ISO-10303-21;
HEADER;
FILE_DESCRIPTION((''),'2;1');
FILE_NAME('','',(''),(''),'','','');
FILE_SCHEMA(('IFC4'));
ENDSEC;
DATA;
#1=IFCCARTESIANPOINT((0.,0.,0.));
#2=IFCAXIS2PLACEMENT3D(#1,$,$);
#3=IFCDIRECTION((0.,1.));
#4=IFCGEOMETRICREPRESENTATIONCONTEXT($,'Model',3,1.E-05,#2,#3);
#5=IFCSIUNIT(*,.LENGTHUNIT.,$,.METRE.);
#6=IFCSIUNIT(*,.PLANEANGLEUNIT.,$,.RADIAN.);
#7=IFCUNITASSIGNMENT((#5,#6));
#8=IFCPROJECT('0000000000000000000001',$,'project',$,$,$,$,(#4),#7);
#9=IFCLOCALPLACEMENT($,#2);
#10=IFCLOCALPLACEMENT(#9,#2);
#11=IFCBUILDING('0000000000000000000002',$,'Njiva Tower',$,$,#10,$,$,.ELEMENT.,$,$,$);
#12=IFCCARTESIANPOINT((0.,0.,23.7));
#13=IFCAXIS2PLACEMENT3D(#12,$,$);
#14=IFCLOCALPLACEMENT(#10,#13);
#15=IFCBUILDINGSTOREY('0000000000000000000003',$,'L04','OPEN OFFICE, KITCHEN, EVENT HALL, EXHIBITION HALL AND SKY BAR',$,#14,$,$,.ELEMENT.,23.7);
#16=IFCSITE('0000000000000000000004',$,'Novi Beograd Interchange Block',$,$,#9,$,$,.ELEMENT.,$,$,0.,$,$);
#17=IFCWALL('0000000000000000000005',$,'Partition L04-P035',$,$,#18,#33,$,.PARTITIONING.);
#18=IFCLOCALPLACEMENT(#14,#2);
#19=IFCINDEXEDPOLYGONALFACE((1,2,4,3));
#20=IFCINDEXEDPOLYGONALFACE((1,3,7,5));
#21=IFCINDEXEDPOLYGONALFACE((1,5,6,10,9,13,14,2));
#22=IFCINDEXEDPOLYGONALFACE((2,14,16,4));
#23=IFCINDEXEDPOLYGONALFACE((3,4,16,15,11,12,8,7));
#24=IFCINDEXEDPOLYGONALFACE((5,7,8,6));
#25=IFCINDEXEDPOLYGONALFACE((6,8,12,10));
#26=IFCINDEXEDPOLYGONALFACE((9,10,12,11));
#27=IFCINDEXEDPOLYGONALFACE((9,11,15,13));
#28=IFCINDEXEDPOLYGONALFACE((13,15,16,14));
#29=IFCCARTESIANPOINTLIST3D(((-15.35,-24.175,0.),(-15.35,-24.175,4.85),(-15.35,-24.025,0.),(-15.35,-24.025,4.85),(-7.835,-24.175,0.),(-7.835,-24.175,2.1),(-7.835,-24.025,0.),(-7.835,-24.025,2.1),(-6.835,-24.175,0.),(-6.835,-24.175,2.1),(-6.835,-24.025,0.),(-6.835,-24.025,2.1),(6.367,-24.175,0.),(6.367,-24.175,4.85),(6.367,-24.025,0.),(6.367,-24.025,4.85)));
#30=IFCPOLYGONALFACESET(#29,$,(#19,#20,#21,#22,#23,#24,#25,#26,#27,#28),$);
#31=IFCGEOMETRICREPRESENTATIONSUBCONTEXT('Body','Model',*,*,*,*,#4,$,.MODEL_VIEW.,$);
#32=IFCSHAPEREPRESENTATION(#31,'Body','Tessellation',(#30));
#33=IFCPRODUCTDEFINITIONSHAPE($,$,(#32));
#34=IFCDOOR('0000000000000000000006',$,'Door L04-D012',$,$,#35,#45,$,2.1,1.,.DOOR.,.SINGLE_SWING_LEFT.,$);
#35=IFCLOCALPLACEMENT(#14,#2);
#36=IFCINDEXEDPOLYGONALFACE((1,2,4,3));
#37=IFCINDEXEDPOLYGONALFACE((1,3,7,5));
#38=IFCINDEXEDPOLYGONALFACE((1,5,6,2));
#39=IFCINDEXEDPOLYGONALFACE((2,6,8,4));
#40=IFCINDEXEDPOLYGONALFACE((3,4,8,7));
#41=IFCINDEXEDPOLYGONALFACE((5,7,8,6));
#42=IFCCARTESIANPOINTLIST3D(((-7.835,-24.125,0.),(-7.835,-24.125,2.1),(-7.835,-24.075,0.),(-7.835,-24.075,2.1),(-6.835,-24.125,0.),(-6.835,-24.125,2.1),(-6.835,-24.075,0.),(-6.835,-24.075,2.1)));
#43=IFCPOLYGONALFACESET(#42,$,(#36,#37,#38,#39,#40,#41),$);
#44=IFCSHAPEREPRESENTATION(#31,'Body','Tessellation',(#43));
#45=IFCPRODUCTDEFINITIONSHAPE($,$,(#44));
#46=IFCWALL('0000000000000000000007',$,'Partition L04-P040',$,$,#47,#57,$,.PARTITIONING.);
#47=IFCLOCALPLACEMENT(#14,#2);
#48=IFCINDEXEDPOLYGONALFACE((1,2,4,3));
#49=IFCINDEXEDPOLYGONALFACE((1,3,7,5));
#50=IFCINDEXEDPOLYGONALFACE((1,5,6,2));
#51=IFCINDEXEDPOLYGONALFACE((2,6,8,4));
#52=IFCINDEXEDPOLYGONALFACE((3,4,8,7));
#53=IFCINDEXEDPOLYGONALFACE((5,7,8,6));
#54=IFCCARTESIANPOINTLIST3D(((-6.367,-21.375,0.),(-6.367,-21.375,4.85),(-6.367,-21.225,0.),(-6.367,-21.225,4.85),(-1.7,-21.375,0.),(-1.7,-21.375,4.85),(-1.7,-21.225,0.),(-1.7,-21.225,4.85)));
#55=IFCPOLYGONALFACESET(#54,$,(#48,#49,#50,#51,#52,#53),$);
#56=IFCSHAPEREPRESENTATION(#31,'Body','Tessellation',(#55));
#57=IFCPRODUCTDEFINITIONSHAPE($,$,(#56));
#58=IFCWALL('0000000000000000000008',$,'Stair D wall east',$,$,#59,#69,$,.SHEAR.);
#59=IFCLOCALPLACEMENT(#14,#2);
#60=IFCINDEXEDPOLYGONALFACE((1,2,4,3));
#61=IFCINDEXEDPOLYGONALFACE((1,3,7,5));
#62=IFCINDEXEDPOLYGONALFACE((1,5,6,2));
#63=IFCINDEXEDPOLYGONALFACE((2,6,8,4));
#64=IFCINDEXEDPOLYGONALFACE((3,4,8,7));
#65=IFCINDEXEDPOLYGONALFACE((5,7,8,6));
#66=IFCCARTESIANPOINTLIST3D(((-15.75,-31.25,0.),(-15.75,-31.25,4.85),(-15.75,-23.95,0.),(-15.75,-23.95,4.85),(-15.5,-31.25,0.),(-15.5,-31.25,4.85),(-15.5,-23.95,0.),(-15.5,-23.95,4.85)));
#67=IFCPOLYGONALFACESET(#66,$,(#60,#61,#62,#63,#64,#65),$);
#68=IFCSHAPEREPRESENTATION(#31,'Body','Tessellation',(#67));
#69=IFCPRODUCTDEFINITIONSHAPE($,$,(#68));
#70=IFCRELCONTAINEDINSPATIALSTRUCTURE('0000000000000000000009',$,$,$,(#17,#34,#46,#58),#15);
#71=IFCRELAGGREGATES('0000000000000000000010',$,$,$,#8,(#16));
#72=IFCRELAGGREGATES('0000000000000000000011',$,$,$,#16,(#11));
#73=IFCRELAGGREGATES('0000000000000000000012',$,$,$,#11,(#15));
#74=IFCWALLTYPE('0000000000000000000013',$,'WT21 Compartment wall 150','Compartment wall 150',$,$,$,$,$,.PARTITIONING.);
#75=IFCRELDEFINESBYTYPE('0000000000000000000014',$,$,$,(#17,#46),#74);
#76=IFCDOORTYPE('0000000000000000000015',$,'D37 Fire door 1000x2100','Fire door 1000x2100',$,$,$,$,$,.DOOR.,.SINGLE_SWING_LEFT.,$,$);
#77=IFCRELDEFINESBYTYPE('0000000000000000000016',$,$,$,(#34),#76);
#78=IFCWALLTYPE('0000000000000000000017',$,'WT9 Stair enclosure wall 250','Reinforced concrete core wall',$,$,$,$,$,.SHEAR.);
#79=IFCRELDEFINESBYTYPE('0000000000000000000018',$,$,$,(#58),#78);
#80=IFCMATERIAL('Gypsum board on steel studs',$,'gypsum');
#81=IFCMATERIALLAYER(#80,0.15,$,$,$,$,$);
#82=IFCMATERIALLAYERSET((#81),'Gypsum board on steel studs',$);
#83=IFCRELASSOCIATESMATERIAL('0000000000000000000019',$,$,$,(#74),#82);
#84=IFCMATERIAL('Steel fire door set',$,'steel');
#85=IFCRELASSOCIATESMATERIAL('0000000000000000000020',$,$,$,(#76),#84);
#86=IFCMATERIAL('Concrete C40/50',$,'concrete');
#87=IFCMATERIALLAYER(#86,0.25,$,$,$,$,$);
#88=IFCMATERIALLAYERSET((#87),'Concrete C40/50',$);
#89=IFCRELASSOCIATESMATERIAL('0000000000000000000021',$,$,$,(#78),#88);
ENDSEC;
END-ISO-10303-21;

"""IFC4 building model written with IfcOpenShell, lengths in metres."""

from ifc_helpers import new_model, si_unit, direction, frame, frame_2d, origin, place, context, subcontext, project, spatial, rectangle, extrude, material, layer, layer_set, type_object, element, fill, save


model = new_model("IFC4")

# Units and contexts
model_context = context("Model", 3, precision=1e-05, world=origin(), true_north=direction((0.0, 1.0)))
body_context = subcontext(model_context, "Body", "Model", "MODEL_VIEW")
ifc_project = project(units=[si_unit("LENGTHUNIT", "METRE"), si_unit("PLANEANGLEUNIT", "RADIAN")], contexts=[model_context])

# Site, building, storey
site_placement = place(None, origin())
site = spatial("IfcSite", under=ifc_project, at=site_placement, Name="Novi Beograd Interchange Block", CompositionType="ELEMENT", RefElevation=0.0)
building_placement = place(site_placement, origin())
building = spatial("IfcBuilding", under=site, at=building_placement, Name="Njiva Tower", CompositionType="ELEMENT")
storey_placement = place(building_placement, frame((0.0, 0.0, 23.7)))
storey = spatial("IfcBuildingStorey", under=building, at=storey_placement, Name="L04", Description="OPEN OFFICE, KITCHEN, EVENT HALL, EXHIBITION HALL AND SKY BAR", CompositionType="ELEMENT", Elevation=23.7)

# Shared definitions
ifc_material_1 = material(Name="Gypsum board on steel studs", Category="gypsum")
ifc_layer_1 = layer(ifc_material_1, 0.15)
ifc_layer_set_1 = layer_set([ifc_layer_1], Name="Gypsum board on steel studs")
wall_type_1 = type_object("IfcWallType", Name="WT21 Compartment wall 150", Description="Compartment wall 150", PredefinedType="PARTITIONING", material=ifc_layer_set_1)

# Wall, opening, door
wall_1_placement = place(storey_placement, frame((-15.35, -24.1, 0.0), z_axis=(0.0, 0.0, 1.0), x_axis=(1.0, 0.0, 0.0)))
wall_1 = element("IfcWall", 1, at=wall_1_placement, inside=storey, type_object=wall_type_1, Name="Partition L04-P035", PredefinedType="PARTITIONING", context=body_context, shape_type="SweptSolid", body=[
    extrude(rectangle(XDim=21.717, YDim=0.15, at=frame_2d((10.8585, 0.0))), origin(), (0.0, 0.0, 1.0), 4.85),
])
opening_1_placement = place(wall_1_placement, frame((7.515, 0.0, 0.0)))
opening_1 = element("IfcOpeningElement", 2, at=opening_1_placement, cuts=wall_1, PredefinedType="OPENING", context=body_context, shape_type="SweptSolid", body=[
    extrude(rectangle(XDim=1.0, YDim=2.1, at=frame_2d((0.5, 1.05))), frame((0.0, 0.085, 0.0), z_axis=(0.0, -1.0, 0.0), x_axis=(1.0, 0.0, 0.0)), (0.0, 0.0, 1.0), 0.17),
])
ifc_material_2 = material(Name="Steel fire door set", Category="steel")
door_type_1 = type_object("IfcDoorType", Name="D37 Fire door 1000x2100", Description="Fire door 1000x2100", OperationType="SINGLE_SWING_LEFT", PredefinedType="DOOR", material=ifc_material_2)
door_1_placement = place(opening_1_placement, origin())
door_1 = element("IfcDoor", 3, at=door_1_placement, inside=storey, type_object=door_type_1, Name="Door L04-D012", OperationType="SINGLE_SWING_LEFT", OverallHeight=2.1, OverallWidth=1.0, PredefinedType="DOOR", context=body_context, shape_type="SweptSolid", body=[
    extrude(rectangle(XDim=1.0, YDim=2.1, at=frame_2d((0.5, 1.05))), frame((0.0, 0.025, 0.0), z_axis=(0.0, -1.0, 0.0), x_axis=(1.0, 0.0, 0.0)), (0.0, 0.0, 1.0), 0.05),
])
fill(opening_1, door_1)

# Walls
wall_2_placement = place(storey_placement, frame((-6.367, -21.3, 0.0), z_axis=(0.0, 0.0, 1.0), x_axis=(1.0, 0.0, 0.0)))
element("IfcWall", 4, at=wall_2_placement, inside=storey, type_object=wall_type_1, Name="Partition L04-P040", PredefinedType="PARTITIONING", context=body_context, shape_type="SweptSolid", body=[
    extrude(rectangle(XDim=4.667, YDim=0.15, at=frame_2d((2.3335, 0.0))), origin(), (0.0, 0.0, 1.0), 4.85),
])
ifc_material_3 = material(Name="Concrete C40/50", Category="concrete")
ifc_layer_2 = layer(ifc_material_3, 0.25)
ifc_layer_set_2 = layer_set([ifc_layer_2], Name="Concrete C40/50")
wall_type_2 = type_object("IfcWallType", Name="WT9 Stair enclosure wall 250", Description="Reinforced concrete core wall", PredefinedType="SHEAR", material=ifc_layer_set_2)
wall_3_placement = place(storey_placement, frame((-15.625, -31.25, 0.0), z_axis=(0.0, 0.0, 1.0), x_axis=(0.0, 1.0, 0.0)))
element("IfcWall", 5, at=wall_3_placement, inside=storey, type_object=wall_type_2, Name="Stair D wall east", PredefinedType="SHEAR", context=body_context, shape_type="SweptSolid", body=[
    extrude(rectangle(XDim=7.3, YDim=0.25, at=frame_2d((3.65, 0.0))), origin(), (0.0, 0.0, 1.0), 4.85),
])

save(model, "model.ifc")
